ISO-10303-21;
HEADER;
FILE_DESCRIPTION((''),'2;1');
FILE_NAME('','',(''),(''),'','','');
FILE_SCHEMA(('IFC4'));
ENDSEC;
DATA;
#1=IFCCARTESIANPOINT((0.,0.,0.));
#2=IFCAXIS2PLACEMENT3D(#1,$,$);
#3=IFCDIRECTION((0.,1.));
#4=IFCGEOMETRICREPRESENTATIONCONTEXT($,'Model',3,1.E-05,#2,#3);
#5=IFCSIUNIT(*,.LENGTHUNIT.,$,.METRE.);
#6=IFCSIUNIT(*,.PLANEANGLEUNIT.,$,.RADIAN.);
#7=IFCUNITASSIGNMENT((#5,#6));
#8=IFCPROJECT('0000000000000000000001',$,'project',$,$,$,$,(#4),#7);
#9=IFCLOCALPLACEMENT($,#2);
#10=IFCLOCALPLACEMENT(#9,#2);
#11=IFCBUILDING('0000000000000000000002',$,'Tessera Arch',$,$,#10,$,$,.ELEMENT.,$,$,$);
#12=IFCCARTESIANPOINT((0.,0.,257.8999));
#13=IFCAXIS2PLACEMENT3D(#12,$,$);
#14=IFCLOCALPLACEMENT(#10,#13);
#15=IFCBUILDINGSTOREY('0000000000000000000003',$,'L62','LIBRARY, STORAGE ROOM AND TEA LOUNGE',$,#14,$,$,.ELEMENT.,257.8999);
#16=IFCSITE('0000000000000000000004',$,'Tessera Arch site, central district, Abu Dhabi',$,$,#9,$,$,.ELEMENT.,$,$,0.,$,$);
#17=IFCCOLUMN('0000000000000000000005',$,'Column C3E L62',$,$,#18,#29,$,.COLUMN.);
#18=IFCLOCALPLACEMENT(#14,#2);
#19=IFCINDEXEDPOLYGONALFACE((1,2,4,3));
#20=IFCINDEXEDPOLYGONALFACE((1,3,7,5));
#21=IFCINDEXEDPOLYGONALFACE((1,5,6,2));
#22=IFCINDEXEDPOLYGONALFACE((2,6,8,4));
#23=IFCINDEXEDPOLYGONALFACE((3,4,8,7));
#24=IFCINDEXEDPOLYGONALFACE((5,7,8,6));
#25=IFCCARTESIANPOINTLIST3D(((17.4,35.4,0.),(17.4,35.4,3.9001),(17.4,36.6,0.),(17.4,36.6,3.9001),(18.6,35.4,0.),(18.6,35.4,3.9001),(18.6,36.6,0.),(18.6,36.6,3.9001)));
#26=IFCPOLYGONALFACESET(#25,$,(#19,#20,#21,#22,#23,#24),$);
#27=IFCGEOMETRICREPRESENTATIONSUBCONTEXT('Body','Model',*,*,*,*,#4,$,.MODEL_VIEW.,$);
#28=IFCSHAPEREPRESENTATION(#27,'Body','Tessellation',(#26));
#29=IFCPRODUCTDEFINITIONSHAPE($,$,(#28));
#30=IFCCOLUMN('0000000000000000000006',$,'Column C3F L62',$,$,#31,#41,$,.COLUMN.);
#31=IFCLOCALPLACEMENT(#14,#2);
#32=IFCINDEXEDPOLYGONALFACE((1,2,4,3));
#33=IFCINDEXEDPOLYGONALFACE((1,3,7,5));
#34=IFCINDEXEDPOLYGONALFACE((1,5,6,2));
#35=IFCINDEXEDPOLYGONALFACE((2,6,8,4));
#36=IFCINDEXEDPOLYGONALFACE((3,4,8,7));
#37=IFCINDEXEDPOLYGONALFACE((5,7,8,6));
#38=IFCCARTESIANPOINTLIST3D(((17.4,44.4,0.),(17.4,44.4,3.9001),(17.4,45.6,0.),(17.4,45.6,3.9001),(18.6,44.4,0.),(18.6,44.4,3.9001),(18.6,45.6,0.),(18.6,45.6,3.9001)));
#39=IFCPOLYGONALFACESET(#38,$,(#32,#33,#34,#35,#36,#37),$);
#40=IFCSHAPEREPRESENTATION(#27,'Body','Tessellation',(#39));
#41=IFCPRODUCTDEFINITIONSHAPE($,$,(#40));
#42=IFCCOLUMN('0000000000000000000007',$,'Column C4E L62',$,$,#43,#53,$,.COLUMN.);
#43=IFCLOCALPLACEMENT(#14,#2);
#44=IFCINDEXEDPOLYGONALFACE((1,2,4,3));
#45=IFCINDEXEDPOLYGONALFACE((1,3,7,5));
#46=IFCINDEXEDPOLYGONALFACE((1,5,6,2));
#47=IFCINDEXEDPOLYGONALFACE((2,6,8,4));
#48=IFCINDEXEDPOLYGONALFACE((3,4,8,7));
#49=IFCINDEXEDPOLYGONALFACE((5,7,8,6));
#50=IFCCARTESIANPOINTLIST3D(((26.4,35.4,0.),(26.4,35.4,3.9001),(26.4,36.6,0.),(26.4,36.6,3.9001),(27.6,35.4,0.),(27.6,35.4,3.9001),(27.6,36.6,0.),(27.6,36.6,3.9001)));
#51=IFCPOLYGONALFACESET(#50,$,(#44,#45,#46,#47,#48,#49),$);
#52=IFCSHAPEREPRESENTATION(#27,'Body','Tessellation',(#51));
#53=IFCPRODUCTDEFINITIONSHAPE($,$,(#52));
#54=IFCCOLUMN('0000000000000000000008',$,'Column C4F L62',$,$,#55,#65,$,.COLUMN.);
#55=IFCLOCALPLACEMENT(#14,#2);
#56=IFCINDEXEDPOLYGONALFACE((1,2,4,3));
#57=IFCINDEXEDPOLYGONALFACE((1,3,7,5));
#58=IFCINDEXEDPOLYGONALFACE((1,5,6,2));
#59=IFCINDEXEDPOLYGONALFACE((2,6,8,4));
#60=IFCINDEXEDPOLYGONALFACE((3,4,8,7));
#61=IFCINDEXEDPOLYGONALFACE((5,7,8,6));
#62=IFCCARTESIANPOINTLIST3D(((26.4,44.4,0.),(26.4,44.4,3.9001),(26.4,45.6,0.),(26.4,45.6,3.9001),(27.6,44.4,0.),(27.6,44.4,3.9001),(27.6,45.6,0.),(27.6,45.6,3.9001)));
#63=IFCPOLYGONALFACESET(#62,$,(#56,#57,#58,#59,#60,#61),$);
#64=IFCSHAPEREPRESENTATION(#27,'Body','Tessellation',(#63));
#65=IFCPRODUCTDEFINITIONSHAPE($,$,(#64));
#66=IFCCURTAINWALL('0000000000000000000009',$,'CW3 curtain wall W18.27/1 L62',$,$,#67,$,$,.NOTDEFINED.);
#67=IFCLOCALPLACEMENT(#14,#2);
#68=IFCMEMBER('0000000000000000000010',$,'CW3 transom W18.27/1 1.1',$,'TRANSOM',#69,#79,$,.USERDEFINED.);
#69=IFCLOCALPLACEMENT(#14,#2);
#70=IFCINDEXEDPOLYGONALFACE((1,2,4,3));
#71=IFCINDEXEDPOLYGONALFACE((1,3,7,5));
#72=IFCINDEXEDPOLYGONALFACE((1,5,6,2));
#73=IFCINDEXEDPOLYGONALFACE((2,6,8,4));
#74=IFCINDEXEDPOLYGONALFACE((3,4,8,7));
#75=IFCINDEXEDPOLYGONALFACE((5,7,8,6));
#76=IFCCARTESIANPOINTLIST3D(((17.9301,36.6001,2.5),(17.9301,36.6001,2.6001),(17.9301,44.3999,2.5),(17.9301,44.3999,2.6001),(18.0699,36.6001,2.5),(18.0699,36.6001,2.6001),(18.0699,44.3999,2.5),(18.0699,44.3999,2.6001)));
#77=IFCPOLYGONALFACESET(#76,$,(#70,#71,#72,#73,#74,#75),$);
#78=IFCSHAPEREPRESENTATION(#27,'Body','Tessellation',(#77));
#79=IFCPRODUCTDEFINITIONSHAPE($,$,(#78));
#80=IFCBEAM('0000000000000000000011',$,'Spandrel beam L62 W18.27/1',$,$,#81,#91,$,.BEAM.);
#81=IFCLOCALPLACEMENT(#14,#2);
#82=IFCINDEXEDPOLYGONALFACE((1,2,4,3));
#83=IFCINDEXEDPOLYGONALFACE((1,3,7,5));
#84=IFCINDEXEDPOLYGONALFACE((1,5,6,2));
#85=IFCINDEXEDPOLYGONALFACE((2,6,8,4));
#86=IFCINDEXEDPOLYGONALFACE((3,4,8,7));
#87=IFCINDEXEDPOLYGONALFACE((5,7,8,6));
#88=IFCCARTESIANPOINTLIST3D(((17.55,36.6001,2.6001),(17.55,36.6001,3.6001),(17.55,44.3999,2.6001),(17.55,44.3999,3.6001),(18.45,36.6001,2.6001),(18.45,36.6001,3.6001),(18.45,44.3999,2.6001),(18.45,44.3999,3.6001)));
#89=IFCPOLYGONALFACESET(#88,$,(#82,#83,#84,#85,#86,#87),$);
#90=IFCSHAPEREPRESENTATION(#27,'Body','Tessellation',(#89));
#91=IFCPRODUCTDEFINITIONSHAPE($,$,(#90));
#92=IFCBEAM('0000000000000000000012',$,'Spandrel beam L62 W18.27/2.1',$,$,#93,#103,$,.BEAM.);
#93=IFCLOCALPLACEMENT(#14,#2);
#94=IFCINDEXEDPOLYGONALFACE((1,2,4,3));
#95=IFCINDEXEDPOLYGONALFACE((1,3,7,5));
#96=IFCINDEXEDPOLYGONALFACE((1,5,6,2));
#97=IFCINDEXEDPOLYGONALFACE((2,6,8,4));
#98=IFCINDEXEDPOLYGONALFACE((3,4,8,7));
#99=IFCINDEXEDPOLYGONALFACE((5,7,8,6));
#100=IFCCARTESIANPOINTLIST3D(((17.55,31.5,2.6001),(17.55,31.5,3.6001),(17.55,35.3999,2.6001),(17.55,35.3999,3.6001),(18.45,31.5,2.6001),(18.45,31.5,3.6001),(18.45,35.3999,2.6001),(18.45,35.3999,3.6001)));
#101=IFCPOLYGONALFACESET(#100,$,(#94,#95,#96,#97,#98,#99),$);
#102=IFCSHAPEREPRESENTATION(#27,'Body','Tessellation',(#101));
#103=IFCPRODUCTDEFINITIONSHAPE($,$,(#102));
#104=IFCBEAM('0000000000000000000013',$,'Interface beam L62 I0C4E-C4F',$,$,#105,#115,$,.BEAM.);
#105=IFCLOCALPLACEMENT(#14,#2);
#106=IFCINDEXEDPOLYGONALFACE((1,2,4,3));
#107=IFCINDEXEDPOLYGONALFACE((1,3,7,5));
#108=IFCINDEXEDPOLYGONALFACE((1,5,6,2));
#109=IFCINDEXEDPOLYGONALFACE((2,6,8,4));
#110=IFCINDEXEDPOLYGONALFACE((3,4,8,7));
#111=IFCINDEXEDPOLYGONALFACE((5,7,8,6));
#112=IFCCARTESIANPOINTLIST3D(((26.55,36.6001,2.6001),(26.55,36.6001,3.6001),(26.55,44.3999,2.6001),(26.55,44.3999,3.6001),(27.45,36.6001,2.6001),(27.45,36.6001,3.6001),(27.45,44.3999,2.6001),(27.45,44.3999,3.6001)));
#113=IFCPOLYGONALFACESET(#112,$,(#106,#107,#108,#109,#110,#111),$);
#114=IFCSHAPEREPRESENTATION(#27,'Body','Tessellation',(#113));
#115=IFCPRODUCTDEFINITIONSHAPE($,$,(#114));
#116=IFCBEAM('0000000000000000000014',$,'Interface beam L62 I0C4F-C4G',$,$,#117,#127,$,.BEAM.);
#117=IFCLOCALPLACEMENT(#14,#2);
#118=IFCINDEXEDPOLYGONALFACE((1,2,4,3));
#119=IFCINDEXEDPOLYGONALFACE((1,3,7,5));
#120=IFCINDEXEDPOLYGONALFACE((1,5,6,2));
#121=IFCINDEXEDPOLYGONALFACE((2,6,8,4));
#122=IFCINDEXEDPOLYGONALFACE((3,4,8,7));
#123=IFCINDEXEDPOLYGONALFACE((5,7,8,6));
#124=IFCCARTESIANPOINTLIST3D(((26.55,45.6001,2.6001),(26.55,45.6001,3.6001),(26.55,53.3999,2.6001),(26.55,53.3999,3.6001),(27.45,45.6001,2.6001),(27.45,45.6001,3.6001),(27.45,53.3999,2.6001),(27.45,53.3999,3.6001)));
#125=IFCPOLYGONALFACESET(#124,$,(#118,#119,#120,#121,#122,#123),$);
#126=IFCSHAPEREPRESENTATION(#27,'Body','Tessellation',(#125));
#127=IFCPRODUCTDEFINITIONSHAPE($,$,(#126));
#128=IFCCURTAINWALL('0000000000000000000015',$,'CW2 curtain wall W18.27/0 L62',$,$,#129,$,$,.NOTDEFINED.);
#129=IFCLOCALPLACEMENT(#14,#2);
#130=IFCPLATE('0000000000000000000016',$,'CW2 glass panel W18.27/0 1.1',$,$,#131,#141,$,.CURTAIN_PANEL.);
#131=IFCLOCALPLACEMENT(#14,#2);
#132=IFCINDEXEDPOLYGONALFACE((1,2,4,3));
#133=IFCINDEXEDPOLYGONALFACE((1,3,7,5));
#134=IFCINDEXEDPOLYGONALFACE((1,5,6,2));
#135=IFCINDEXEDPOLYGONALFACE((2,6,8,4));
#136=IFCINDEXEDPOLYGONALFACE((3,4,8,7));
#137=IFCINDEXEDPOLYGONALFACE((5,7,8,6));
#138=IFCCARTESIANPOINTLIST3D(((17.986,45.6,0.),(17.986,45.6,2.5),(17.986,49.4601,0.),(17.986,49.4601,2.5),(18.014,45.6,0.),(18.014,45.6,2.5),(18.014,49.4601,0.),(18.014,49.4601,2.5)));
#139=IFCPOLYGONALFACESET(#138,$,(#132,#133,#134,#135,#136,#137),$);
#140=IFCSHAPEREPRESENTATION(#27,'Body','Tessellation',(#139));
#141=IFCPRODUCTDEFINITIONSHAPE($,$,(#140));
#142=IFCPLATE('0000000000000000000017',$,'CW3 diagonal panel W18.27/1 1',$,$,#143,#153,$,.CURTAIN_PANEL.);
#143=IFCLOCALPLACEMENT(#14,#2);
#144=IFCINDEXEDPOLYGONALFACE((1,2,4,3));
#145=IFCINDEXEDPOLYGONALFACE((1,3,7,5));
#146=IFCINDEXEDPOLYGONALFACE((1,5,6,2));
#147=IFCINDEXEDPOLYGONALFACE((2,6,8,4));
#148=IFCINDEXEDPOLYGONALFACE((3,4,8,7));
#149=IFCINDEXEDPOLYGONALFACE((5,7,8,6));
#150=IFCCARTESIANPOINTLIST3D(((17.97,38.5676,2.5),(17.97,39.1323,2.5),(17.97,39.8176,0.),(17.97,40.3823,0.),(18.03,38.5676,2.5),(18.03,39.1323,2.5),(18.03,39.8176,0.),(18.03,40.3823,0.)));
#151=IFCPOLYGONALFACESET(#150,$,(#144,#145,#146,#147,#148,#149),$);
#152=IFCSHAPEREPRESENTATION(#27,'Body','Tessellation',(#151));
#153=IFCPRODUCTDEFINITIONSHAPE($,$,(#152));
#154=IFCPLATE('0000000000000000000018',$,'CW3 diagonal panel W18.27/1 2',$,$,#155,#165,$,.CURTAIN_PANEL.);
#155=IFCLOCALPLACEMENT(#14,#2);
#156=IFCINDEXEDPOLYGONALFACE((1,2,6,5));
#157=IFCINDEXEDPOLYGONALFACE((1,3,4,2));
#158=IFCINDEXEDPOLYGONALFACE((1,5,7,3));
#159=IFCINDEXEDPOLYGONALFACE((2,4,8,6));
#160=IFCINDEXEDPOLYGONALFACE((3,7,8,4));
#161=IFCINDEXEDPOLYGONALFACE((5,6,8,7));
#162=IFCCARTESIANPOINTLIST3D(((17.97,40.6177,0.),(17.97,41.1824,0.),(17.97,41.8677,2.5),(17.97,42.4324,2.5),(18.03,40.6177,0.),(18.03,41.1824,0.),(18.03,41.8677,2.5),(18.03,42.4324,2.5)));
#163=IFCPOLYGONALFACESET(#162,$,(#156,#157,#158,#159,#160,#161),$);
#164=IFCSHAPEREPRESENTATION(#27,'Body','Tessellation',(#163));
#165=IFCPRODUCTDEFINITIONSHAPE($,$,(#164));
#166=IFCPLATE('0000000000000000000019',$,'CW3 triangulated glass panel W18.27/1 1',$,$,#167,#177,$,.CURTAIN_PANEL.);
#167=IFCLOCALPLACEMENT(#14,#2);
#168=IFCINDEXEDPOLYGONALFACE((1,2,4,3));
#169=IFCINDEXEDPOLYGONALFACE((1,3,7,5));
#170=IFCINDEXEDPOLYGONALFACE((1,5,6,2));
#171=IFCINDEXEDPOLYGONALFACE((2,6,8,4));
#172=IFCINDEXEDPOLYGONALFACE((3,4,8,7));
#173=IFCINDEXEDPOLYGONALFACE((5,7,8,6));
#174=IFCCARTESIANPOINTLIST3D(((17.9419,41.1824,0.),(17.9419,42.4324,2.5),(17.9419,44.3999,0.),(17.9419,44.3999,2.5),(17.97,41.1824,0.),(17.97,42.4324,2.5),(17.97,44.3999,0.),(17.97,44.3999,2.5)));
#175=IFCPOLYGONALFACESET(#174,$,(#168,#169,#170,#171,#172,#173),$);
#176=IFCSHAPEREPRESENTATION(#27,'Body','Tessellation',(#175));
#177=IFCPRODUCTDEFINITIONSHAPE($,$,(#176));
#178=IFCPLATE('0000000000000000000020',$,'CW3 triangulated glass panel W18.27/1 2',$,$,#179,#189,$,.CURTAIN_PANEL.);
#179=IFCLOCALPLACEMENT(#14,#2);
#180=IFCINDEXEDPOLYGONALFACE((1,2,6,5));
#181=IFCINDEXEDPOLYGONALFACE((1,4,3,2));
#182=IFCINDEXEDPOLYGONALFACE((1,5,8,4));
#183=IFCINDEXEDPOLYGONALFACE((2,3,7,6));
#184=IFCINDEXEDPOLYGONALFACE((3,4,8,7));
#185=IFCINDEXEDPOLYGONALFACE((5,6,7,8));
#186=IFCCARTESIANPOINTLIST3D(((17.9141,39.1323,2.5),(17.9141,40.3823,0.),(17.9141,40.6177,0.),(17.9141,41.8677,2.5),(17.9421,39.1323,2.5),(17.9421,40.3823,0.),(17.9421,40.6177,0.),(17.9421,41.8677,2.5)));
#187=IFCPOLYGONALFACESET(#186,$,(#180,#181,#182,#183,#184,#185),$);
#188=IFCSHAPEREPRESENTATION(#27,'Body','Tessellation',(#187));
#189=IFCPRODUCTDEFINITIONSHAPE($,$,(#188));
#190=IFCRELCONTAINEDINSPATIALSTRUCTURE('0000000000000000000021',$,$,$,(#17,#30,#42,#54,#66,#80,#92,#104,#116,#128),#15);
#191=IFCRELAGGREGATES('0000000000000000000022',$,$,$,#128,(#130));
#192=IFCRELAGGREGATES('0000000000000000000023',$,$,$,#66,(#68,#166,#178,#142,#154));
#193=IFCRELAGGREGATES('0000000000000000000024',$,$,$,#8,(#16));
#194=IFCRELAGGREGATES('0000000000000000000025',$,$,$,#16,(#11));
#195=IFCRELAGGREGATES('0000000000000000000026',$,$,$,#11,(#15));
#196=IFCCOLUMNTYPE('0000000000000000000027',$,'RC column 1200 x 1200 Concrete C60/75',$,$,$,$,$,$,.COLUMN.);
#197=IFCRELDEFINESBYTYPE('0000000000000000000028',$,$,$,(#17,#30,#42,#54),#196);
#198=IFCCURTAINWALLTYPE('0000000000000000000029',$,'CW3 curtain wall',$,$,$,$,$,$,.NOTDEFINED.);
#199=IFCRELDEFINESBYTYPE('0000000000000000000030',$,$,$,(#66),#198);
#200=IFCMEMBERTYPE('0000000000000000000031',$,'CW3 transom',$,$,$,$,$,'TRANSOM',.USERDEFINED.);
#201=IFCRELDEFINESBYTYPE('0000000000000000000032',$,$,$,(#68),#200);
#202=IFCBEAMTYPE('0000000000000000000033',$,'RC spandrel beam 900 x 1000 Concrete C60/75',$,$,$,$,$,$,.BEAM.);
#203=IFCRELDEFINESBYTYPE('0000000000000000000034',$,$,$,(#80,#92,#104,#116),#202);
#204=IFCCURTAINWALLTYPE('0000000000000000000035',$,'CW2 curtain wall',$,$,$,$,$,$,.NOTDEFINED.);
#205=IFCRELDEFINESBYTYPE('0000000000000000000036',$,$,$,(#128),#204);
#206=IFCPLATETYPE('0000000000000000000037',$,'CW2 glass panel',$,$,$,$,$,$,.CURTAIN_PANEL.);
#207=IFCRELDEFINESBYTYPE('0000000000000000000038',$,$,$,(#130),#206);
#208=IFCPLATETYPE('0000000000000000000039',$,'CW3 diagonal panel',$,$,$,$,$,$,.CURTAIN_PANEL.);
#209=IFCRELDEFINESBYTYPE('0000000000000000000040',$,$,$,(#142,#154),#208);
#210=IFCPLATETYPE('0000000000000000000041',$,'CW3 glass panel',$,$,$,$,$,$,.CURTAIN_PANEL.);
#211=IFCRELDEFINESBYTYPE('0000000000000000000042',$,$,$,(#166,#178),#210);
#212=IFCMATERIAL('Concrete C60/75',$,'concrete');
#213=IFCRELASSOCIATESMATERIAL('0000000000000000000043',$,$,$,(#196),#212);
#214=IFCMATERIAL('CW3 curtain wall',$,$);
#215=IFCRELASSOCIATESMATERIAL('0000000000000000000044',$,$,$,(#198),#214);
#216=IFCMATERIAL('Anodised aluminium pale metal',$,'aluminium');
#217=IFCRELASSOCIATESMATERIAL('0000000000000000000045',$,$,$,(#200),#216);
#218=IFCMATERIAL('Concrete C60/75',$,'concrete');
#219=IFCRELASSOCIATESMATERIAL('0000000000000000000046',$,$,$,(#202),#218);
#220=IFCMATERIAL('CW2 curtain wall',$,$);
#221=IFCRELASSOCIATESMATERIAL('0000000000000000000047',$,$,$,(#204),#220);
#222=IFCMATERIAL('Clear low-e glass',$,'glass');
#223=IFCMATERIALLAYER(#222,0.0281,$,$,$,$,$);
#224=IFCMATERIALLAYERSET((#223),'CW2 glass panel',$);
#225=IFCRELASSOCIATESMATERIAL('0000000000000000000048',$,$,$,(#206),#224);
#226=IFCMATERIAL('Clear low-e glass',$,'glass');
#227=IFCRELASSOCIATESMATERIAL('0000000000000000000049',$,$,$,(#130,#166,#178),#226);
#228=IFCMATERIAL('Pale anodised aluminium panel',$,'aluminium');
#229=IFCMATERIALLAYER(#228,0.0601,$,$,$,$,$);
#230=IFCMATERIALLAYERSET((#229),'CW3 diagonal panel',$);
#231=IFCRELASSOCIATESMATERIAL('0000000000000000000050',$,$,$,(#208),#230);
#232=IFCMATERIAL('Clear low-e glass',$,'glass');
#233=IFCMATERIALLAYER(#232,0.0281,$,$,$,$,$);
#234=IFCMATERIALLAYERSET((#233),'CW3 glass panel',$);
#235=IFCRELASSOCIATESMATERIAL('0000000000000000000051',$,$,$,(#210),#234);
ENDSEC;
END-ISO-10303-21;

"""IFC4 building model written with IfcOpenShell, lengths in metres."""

from ifc_helpers import new_model, si_unit, direction, frame, origin, origin_2d, place, context, subcontext, project, spatial, polyline, rectangle, outline, extrude, material, layer, layer_set, material_profile, profile_set, type_object, element, aggregate, save


model = new_model("IFC4")

# Units and contexts
model_context = context("Model", 3, precision=1e-05, world=origin(), true_north=direction((0.0, 1.0)))
body_context = subcontext(model_context, "Body", "Model", "MODEL_VIEW")
ifc_project = project(units=[si_unit("LENGTHUNIT", "METRE"), si_unit("PLANEANGLEUNIT", "RADIAN")], contexts=[model_context])

# Site, building, storey
site_placement = place(None, origin())
site = spatial("IfcSite", under=ifc_project, at=site_placement, Name="Tessera Arch site, central district, Abu Dhabi", CompositionType="ELEMENT", RefElevation=0.0)
building_placement = place(site_placement, origin())
building = spatial("IfcBuilding", under=site, at=building_placement, Name="Tessera Arch", CompositionType="ELEMENT")
storey_placement = place(building_placement, frame((0.0, 0.0, 257.8999)))
storey = spatial("IfcBuildingStorey", under=building, at=storey_placement, Name="L62", Description="LIBRARY, STORAGE ROOM AND TEA LOUNGE", CompositionType="ELEMENT", Elevation=257.8999)

# Columns
ifc_material_1 = material(Name="Concrete C60/75", Category="concrete")
ifc_material_profile_1 = material_profile(ifc_material_1, rectangle(XDim=1.2, YDim=1.2, at=origin_2d()), Name="RC column 1200 x 1200 Concrete C60/75")
ifc_profile_set_1 = profile_set([ifc_material_profile_1], Name="Concrete C60/75")
column_type = type_object("IfcColumnType", Name="RC column 1200 x 1200 Concrete C60/75", PredefinedType="COLUMN", material=ifc_profile_set_1)
for number, where, z_axis, x_axis, name in (
    (1, (18.0, 36.0, 0.0), (0.0, 0.0, 1.0), (1.0, 0.0, 0.0), "Column C3E L62"),
    (2, (18.0, 45.0, 0.0), (0.0, 0.0, 1.0), (1.0, 0.0, 0.0), "Column C3F L62"),
    (3, (27.0, 36.0, 0.0), (0.0, 0.0, 1.0), (1.0, 0.0, 0.0), "Column C4E L62"),
    (4, (27.0, 45.0, 0.0), (0.0, 0.0, 1.0), (1.0, 0.0, 0.0), "Column C4F L62"),
):
    element("IfcColumn", number, at=place(storey_placement, frame(where, z_axis=z_axis, x_axis=x_axis)), inside=storey, type_object=column_type, Name=name, PredefinedType="COLUMN", context=body_context, shape_type="SweptSolid", body=[
        extrude(rectangle(XDim=1.2, YDim=1.2, at=origin_2d()), origin(), (0.0, 0.0, 1.0), 3.9001),
    ])

# Curtain wall, member
ifc_material_2 = material(Name="CW3 curtain wall")
curtain_wall_type_1 = type_object("IfcCurtainWallType", Name="CW3 curtain wall", PredefinedType="NOTDEFINED", material=ifc_material_2)
curtain_wall_1_placement = place(storey_placement, origin())
curtain_wall_1 = element("IfcCurtainWall", 5, at=curtain_wall_1_placement, inside=storey, type_object=curtain_wall_type_1, Name="CW3 curtain wall W18.27/1 L62", PredefinedType="NOTDEFINED")
ifc_material_3 = material(Name="Anodised aluminium pale metal", Category="aluminium")
ifc_material_profile_2 = material_profile(ifc_material_3, rectangle(XDim=0.1399, YDim=0.1001, at=origin_2d()), Name="AL 140x100")
ifc_profile_set_2 = profile_set([ifc_material_profile_2], Name="Anodised aluminium pale metal")
member_type = type_object("IfcMemberType", Name="CW3 transom", ElementType="TRANSOM", PredefinedType="USERDEFINED", material=ifc_profile_set_2)
member_placement = place(storey_placement, frame((18.0, 44.3999, 2.55), z_axis=(0.0, -1.0, 0.0), x_axis=(1.0, 0.0, 0.0)))
member = element("IfcMember", 6, at=member_placement, type_object=member_type, Name="CW3 transom W18.27/1 1.1", ObjectType="TRANSOM", PredefinedType="USERDEFINED", context=body_context, shape_type="SweptSolid", body=[
    extrude(rectangle(XDim=0.1399, YDim=0.1001, at=origin_2d()), origin(), (0.0, 0.0, 1.0), 7.7998),
])

# Beams
ifc_material_4 = material(Name="Concrete C60/75", Category="concrete")
ifc_material_profile_3 = material_profile(ifc_material_4, rectangle(XDim=0.8999, YDim=1.0, at=origin_2d()), Name="RC spandrel beam 900 x 1000 Concrete C60/75")
ifc_profile_set_3 = profile_set([ifc_material_profile_3], Name="Concrete C60/75")
beam_type = type_object("IfcBeamType", Name="RC spandrel beam 900 x 1000 Concrete C60/75", PredefinedType="BEAM", material=ifc_profile_set_3)
beam_1_placement = place(storey_placement, frame((18.0, 44.3999, 3.1001), z_axis=(0.0, -1.0, 0.0), x_axis=(1.0, 0.0, 0.0)))
element("IfcBeam", 7, at=beam_1_placement, inside=storey, type_object=beam_type, Name="Spandrel beam L62 W18.27/1", PredefinedType="BEAM", context=body_context, shape_type="SweptSolid", body=[
    extrude(rectangle(XDim=0.8999, YDim=1.0, at=origin_2d()), origin(), (0.0, 0.0, 1.0), 7.7998),
])
beam_2_placement = place(storey_placement, frame((18.0, 35.3999, 3.1001), z_axis=(0.0, -1.0, 0.0), x_axis=(1.0, 0.0, 0.0)))
element("IfcBeam", 8, at=beam_2_placement, inside=storey, type_object=beam_type, Name="Spandrel beam L62 W18.27/2.1", PredefinedType="BEAM", context=body_context, shape_type="SweptSolid", body=[
    extrude(rectangle(XDim=0.8999, YDim=1.0, at=origin_2d()), origin(), (0.0, 0.0, 1.0), 3.8999),
])
for number, where, z_axis, x_axis, name in (
    (9, (27.0, 36.6001, 3.1001), (0.0, 1.0, 0.0), (-1.0, 0.0, 0.0), "Interface beam L62 I0C4E-C4F"),
    (10, (27.0, 45.6001, 3.1001), (0.0, 1.0, 0.0), (-1.0, 0.0, 0.0), "Interface beam L62 I0C4F-C4G"),
):
    element("IfcBeam", number, at=place(storey_placement, frame(where, z_axis=z_axis, x_axis=x_axis)), inside=storey, type_object=beam_type, Name=name, PredefinedType="BEAM", context=body_context, shape_type="SweptSolid", body=[
        extrude(rectangle(XDim=0.8999, YDim=1.0, at=origin_2d()), origin(), (0.0, 0.0, 1.0), 7.7998),
    ])

# Curtain wall, plate
ifc_material_5 = material(Name="CW2 curtain wall")
curtain_wall_type_2 = type_object("IfcCurtainWallType", Name="CW2 curtain wall", PredefinedType="NOTDEFINED", material=ifc_material_5)
curtain_wall_2_placement = place(storey_placement, origin())
curtain_wall_2 = element("IfcCurtainWall", 11, at=curtain_wall_2_placement, inside=storey, type_object=curtain_wall_type_2, Name="CW2 curtain wall W18.27/0 L62", PredefinedType="NOTDEFINED")
ifc_material_6 = material(Name="Clear low-e glass", Category="glass")
ifc_material_7 = material(Name="Clear low-e glass", Category="glass")
ifc_layer_1 = layer(ifc_material_7, 0.0281)
ifc_layer_set_1 = layer_set([ifc_layer_1], Name="CW2 glass panel")
plate_type_1 = type_object("IfcPlateType", Name="CW2 glass panel", PredefinedType="CURTAIN_PANEL", material=ifc_layer_set_1)
plate_1_placement = place(storey_placement, frame((18.0, 47.53, 0.0), z_axis=(0.0, 0.0, 1.0), x_axis=(0.0, -1.0, 0.0)))
plate_1 = element("IfcPlate", 12, at=plate_1_placement, type_object=plate_type_1, material=ifc_material_6, Name="CW2 glass panel W18.27/0 1.1", PredefinedType="CURTAIN_PANEL", context=body_context, shape_type="SweptSolid", body=[
    extrude(rectangle(XDim=3.8601, YDim=0.0281, at=origin_2d()), origin(), (0.0, 0.0, 1.0), 2.5),
])
aggregate(curtain_wall_2, [plate_1])

# Plates
ifc_material_8 = material(Name="Pale anodised aluminium panel", Category="aluminium")
ifc_layer_2 = layer(ifc_material_8, 0.0601)
ifc_layer_set_2 = layer_set([ifc_layer_2], Name="CW3 diagonal panel")
plate_type_2 = type_object("IfcPlateType", Name="CW3 diagonal panel", PredefinedType="CURTAIN_PANEL", material=ifc_layer_set_2)
plate_2_placement = place(storey_placement, frame((17.97, 38.5676, 2.5), z_axis=(-1.0, 0.0, 0.0), x_axis=(0.0, 1.0, 0.0)))
plate_2 = element("IfcPlate", 13, at=plate_2_placement, type_object=plate_type_2, Name="CW3 diagonal panel W18.27/1 1", PredefinedType="CURTAIN_PANEL", context=body_context, shape_type="SweptSolid", body=[
    extrude(outline(polyline([(0.0, 0.0), (0.5647, 0.0), (1.8147, 2.5), (1.25, 2.5), (0.0, 0.0)])), origin(), (0.0, 0.0, -1.0), 0.0601),
])
plate_3_placement = place(storey_placement, frame((17.97, 41.8677, 2.5), z_axis=(-1.0, 0.0, 0.0), x_axis=(0.0, 1.0, 0.0)))
plate_3 = element("IfcPlate", 14, at=plate_3_placement, type_object=plate_type_2, Name="CW3 diagonal panel W18.27/1 2", PredefinedType="CURTAIN_PANEL", context=body_context, shape_type="SweptSolid", body=[
    extrude(outline(polyline([(0.0, 0.0), (0.5647, 0.0), (-0.6853, 2.5), (-1.25, 2.5), (0.0, 0.0)])), origin(), (0.0, 0.0, -1.0), 0.0601),
])
ifc_material_9 = material(Name="Clear low-e glass", Category="glass")
ifc_layer_3 = layer(ifc_material_9, 0.0281)
ifc_layer_set_3 = layer_set([ifc_layer_3], Name="CW3 glass panel")
plate_type_3 = type_object("IfcPlateType", Name="CW3 glass panel", PredefinedType="CURTAIN_PANEL", material=ifc_layer_set_3)
plate_4_placement = place(storey_placement, frame((17.9419, 44.3999, 0.0), z_axis=(-1.0, 0.0, 0.0), x_axis=(0.0, -1.0, 0.0)))
plate_4 = element("IfcPlate", 15, at=plate_4_placement, type_object=plate_type_3, material=ifc_material_6, Name="CW3 triangulated glass panel W18.27/1 1", PredefinedType="CURTAIN_PANEL", context=body_context, shape_type="SweptSolid", body=[
    extrude(outline(polyline([(0.0, 0.0), (3.2175, 0.0), (1.9675, 2.5), (0.0, 2.5), (0.0, 0.0)])), origin(), (0.0, 0.0, -1.0), 0.0281),
])
plate_5_placement = place(storey_placement, frame((17.9141, 39.1323, 2.5), z_axis=(-1.0, 0.0, 0.0), x_axis=(0.0, 1.0, 0.0)))
plate_5 = element("IfcPlate", 16, at=plate_5_placement, type_object=plate_type_3, material=ifc_material_6, Name="CW3 triangulated glass panel W18.27/1 2", PredefinedType="CURTAIN_PANEL", context=body_context, shape_type="SweptSolid", body=[
    extrude(outline(polyline([(0.0, 0.0), (2.7354, 0.0), (1.4854, 2.5), (1.25, 2.5), (0.0, 0.0)])), origin(), (0.0, 0.0, -1.0), 0.0281),
])
aggregate(curtain_wall_1, [member, plate_4, plate_5, plate_2, plate_3])

save(model, "model.ifc")
